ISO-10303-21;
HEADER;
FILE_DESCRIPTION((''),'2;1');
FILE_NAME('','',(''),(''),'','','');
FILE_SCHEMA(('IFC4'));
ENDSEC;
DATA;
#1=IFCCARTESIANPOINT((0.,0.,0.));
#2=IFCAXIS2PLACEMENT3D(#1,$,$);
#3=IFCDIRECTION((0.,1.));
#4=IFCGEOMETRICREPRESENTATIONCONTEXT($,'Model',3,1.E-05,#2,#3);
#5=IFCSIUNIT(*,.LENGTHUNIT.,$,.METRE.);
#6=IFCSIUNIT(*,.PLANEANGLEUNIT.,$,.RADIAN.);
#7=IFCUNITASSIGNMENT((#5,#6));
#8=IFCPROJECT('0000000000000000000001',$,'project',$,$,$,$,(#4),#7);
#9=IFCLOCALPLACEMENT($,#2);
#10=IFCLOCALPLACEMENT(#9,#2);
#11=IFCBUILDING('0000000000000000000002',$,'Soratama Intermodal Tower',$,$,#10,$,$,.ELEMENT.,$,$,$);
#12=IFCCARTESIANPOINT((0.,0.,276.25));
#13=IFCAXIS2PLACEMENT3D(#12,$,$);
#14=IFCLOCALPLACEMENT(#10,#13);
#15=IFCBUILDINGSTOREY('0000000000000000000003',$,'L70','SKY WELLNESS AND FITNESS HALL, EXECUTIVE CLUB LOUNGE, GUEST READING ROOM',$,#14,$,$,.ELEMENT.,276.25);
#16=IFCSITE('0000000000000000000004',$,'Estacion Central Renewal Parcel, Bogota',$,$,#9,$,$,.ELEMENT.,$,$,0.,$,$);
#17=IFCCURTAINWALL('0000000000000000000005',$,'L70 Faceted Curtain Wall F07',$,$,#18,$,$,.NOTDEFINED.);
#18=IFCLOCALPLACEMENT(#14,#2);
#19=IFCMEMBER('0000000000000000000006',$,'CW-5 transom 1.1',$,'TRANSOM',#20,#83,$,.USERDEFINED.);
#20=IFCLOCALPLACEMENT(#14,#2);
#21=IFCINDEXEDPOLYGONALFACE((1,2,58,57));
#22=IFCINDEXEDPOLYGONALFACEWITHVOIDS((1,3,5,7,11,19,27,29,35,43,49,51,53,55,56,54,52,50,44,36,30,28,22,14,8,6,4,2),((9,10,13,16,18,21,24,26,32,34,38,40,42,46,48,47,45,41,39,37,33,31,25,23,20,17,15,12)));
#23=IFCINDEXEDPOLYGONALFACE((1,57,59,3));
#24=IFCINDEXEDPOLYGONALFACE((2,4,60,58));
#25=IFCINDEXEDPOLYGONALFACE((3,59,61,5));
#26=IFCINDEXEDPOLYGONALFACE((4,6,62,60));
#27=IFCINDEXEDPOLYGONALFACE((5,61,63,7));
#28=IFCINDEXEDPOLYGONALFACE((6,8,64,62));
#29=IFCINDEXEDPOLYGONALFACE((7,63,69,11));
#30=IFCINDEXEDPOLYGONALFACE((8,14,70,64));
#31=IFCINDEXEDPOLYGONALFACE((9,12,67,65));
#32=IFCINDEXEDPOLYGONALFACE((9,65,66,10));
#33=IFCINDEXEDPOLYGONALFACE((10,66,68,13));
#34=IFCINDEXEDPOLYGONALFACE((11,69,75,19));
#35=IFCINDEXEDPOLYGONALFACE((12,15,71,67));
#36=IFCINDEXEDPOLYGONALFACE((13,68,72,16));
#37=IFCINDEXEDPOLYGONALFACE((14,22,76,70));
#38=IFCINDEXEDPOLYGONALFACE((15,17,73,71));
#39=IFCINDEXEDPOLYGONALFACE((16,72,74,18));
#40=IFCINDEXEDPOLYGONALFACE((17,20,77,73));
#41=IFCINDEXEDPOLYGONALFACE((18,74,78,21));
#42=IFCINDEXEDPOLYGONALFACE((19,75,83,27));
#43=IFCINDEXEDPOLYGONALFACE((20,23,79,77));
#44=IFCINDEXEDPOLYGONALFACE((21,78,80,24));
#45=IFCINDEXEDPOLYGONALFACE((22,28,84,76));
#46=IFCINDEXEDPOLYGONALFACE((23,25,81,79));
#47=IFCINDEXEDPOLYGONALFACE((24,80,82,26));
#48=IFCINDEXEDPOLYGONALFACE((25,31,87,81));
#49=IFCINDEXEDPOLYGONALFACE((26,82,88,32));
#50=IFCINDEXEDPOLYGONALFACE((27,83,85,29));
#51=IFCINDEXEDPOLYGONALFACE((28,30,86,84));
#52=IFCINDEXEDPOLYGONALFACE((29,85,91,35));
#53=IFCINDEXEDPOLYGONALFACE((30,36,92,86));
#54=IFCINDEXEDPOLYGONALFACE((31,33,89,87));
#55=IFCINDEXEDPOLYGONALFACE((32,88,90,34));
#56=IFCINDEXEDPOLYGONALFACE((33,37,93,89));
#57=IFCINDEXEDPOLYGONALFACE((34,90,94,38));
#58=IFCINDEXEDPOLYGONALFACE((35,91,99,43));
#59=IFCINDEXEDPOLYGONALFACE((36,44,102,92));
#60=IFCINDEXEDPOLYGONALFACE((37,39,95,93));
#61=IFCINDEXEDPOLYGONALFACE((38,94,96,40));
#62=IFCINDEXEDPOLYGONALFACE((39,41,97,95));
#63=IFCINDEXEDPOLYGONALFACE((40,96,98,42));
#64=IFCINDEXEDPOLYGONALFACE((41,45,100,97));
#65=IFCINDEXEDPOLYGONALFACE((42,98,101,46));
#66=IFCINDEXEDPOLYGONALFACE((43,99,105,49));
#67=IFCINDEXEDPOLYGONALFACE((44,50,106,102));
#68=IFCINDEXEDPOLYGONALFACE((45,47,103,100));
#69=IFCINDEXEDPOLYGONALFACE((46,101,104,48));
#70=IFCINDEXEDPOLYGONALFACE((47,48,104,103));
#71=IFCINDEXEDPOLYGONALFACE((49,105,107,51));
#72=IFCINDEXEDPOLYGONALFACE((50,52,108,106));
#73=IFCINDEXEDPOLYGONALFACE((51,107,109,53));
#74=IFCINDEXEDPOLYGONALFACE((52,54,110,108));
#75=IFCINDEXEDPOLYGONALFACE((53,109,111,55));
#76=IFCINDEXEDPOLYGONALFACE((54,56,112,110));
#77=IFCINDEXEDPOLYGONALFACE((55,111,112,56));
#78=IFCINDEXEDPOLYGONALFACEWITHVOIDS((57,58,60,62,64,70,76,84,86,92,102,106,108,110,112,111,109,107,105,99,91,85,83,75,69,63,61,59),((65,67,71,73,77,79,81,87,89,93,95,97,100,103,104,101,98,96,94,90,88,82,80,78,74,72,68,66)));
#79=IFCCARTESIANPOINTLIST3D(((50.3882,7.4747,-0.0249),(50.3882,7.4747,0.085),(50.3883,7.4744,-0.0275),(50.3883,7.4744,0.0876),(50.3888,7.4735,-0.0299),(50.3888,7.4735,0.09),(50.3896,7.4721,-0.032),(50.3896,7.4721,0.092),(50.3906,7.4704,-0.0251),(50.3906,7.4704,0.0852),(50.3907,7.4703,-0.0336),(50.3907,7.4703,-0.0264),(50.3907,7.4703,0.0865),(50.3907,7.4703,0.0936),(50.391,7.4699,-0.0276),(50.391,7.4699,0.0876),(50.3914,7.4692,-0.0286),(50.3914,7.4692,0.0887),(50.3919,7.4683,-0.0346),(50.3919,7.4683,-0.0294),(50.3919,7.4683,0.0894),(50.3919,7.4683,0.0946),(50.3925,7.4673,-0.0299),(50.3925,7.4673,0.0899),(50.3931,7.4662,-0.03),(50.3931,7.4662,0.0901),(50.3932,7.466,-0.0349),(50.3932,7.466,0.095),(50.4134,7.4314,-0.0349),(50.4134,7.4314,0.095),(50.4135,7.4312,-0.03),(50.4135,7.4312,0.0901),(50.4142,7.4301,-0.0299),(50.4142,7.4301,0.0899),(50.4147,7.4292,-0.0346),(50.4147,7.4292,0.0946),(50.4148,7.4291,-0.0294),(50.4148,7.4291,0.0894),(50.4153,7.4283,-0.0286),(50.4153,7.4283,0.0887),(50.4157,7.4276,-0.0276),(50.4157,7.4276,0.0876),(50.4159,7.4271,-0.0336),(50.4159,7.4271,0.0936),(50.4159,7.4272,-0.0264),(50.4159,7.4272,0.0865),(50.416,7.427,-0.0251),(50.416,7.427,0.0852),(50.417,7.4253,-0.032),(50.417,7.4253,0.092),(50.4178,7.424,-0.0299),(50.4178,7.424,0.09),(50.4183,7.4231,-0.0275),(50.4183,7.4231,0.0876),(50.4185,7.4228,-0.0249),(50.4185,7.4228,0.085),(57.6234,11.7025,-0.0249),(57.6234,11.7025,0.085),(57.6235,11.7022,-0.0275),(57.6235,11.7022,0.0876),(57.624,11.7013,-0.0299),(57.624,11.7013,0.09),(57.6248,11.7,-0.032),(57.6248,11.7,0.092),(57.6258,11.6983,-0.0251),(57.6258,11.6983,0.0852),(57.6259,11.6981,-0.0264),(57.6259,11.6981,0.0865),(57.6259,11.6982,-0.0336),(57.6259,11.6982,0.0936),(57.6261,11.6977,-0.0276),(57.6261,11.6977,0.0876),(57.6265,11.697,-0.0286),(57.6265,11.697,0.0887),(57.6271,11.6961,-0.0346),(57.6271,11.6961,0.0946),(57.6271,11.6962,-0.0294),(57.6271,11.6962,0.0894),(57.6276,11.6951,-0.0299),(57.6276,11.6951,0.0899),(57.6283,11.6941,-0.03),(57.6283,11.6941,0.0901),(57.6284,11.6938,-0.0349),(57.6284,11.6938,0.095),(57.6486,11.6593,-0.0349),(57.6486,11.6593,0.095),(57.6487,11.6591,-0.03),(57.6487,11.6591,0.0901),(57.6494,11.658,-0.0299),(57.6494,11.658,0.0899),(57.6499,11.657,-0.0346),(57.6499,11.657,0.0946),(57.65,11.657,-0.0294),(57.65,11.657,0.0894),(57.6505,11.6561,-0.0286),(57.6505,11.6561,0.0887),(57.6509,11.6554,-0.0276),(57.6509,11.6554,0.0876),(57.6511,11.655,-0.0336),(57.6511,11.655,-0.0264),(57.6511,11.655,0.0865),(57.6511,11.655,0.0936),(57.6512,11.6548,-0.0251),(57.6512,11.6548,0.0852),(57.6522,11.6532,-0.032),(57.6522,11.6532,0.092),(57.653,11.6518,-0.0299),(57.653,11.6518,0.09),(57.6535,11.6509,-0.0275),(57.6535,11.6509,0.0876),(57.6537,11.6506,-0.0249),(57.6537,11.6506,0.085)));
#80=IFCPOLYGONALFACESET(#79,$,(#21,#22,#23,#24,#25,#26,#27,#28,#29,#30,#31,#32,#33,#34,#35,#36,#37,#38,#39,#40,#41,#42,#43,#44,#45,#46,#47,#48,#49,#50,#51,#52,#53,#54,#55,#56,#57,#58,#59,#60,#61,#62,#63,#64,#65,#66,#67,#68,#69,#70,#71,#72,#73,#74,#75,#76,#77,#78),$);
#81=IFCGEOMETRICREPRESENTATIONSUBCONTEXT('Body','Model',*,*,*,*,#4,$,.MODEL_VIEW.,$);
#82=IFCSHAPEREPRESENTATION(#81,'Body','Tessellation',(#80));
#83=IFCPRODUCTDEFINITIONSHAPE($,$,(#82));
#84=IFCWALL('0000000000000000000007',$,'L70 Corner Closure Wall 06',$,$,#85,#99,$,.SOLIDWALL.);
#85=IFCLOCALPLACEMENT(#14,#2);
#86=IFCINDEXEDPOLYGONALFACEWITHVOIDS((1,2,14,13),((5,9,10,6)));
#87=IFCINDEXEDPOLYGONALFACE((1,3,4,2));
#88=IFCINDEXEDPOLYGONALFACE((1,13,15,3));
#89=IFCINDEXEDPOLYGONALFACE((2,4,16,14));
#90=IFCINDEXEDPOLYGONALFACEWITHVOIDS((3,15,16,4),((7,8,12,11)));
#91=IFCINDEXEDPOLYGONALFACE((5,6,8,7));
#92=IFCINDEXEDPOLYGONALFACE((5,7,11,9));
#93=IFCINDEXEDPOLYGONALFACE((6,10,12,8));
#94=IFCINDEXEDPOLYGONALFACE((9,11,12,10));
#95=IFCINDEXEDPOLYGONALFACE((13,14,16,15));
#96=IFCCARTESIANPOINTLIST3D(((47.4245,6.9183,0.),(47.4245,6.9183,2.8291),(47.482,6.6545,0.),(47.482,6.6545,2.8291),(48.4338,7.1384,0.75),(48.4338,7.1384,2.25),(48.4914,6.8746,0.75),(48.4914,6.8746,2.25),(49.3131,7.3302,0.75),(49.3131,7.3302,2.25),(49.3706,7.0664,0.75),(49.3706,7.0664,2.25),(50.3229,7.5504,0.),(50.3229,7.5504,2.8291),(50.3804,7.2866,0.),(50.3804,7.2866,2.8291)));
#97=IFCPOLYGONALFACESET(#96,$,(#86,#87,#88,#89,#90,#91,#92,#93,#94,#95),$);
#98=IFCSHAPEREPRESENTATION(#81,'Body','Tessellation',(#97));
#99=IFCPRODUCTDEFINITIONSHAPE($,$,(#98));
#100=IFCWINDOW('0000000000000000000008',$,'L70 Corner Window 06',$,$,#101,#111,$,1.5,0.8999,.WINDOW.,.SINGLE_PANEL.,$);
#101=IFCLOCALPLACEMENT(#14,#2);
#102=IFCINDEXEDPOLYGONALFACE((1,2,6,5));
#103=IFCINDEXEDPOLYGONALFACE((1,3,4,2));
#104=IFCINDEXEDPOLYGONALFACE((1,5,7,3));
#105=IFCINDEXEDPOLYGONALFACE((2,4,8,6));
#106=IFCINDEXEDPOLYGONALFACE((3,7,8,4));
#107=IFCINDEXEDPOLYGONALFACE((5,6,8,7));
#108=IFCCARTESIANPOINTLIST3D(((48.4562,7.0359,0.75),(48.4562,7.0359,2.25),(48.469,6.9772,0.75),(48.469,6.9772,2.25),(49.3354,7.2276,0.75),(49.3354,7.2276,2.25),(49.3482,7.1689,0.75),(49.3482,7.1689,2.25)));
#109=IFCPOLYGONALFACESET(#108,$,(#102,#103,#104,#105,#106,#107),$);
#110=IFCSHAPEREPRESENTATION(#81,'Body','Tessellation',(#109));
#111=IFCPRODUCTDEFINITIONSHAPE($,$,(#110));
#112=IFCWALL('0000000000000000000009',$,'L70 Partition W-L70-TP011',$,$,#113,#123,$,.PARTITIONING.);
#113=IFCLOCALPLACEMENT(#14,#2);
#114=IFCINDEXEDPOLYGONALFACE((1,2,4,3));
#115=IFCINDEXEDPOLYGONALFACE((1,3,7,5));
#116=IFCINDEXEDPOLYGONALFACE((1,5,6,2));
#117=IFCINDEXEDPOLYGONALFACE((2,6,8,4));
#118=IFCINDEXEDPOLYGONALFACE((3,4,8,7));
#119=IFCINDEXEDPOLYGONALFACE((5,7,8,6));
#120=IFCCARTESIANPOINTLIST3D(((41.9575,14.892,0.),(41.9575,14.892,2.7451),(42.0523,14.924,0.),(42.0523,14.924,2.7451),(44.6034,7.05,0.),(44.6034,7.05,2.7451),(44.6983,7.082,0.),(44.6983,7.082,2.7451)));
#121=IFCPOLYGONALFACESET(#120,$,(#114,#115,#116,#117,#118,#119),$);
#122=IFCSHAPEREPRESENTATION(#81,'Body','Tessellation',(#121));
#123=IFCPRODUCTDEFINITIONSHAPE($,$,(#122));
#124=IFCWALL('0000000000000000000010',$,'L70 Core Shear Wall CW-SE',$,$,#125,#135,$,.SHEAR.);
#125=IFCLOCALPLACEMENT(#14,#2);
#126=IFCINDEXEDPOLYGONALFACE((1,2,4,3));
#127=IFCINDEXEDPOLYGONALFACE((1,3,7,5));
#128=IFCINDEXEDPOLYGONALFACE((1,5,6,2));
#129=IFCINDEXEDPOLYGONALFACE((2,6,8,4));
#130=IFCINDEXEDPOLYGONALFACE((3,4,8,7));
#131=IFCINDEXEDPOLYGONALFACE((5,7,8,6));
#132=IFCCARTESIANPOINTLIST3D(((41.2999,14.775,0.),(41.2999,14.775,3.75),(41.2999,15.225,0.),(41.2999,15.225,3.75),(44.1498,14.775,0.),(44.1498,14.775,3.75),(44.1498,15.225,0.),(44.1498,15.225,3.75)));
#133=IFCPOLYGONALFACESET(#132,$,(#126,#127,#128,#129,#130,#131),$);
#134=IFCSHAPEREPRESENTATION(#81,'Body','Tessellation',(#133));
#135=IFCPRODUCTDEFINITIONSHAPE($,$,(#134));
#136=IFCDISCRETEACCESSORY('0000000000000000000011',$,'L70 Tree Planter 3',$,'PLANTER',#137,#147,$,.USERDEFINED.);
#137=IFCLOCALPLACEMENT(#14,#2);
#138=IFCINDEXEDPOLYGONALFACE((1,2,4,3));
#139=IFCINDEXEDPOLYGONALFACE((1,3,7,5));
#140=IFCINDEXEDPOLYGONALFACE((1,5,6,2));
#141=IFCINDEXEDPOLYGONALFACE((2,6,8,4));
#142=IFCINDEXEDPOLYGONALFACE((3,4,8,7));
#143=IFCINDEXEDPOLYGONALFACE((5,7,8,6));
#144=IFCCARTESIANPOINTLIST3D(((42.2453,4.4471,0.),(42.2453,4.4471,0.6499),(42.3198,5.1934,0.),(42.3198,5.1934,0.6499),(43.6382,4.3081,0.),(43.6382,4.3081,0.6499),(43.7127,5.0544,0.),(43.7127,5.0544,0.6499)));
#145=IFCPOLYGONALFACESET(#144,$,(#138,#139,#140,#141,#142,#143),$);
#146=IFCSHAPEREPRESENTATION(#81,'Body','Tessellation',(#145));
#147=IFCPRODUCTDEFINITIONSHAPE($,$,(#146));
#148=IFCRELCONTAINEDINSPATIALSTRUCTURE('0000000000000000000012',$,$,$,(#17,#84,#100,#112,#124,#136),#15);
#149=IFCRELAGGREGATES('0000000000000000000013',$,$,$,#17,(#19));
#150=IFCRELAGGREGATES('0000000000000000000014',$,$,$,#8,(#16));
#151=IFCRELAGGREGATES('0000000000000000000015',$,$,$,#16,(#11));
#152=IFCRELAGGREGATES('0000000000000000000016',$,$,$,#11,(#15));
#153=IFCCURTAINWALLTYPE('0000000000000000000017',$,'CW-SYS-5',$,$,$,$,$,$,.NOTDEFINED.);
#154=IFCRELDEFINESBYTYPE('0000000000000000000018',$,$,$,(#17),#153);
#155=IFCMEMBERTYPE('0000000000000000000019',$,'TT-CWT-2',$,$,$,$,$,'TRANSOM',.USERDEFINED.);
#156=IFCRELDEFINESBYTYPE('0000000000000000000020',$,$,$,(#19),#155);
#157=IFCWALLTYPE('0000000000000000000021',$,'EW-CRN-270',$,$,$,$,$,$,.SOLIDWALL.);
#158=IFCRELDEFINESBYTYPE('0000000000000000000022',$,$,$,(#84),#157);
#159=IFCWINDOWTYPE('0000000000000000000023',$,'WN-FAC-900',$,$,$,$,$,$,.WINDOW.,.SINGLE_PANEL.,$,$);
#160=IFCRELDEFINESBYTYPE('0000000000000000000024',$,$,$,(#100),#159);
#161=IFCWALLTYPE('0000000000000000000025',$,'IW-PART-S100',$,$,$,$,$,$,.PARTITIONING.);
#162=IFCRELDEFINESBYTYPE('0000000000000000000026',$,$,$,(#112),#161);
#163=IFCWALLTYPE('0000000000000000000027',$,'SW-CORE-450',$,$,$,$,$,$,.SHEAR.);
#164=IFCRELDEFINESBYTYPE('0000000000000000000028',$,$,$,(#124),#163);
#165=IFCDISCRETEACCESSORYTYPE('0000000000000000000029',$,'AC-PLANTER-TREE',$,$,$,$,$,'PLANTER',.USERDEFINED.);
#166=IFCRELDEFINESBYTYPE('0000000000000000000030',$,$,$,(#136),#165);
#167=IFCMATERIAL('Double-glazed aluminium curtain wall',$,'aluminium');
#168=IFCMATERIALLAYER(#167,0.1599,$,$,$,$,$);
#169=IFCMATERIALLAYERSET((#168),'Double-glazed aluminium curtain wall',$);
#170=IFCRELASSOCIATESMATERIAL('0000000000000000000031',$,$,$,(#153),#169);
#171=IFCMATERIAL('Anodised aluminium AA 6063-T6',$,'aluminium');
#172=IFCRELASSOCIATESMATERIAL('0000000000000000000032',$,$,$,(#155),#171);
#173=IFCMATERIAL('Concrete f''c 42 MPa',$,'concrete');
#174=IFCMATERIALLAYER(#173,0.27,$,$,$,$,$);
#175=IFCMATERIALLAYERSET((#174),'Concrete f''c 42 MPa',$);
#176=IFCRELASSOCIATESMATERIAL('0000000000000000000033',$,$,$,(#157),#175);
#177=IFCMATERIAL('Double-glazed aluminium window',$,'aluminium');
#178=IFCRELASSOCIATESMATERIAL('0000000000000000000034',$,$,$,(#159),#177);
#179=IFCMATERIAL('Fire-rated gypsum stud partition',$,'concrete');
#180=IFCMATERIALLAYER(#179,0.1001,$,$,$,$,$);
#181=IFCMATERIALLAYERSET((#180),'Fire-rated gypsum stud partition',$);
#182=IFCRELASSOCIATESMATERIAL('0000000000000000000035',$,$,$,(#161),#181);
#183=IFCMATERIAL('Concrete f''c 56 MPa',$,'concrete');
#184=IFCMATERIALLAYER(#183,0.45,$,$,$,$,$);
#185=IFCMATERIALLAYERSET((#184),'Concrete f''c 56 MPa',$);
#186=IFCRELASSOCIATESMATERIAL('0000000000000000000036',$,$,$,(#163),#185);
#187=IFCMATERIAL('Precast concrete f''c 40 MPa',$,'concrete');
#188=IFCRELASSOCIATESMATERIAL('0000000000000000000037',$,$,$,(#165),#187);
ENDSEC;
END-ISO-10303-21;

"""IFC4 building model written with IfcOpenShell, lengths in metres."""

from ifc_helpers import new_model, si_unit, direction, frame, frame_2d, origin, origin_2d, place, context, subcontext, project, spatial, rectangle, hollow_rectangle, extrude, material, layer, layer_set, material_profile, profile_set, type_object, element, fill, aggregate, save


model = new_model("IFC4")

# Units and contexts
model_context = context("Model", 3, precision=1e-05, world=origin(), true_north=direction((0.0, 1.0)))
body_context = subcontext(model_context, "Body", "Model", "MODEL_VIEW")
ifc_project = project(units=[si_unit("LENGTHUNIT", "METRE"), si_unit("PLANEANGLEUNIT", "RADIAN")], contexts=[model_context])

# Site, building, storey
site_placement = place(None, origin())
site = spatial("IfcSite", under=ifc_project, at=site_placement, Name="Estacion Central Renewal Parcel, Bogota", CompositionType="ELEMENT", RefElevation=0.0)
building_placement = place(site_placement, origin())
building = spatial("IfcBuilding", under=site, at=building_placement, Name="Soratama Intermodal Tower", CompositionType="ELEMENT")
storey_placement = place(building_placement, frame((0.0, 0.0, 276.25)))
storey = spatial("IfcBuildingStorey", under=building, at=storey_placement, Name="L70", Description="SKY WELLNESS AND FITNESS HALL, EXECUTIVE CLUB LOUNGE, GUEST READING ROOM", CompositionType="ELEMENT", Elevation=276.25)

# Curtain wall, member
ifc_material_1 = material(Name="Double-glazed aluminium curtain wall", Category="aluminium")
ifc_layer_1 = layer(ifc_material_1, 0.1599)
ifc_layer_set_1 = layer_set([ifc_layer_1], Name="Double-glazed aluminium curtain wall")
curtain_wall_type = type_object("IfcCurtainWallType", Name="CW-SYS-5", PredefinedType="NOTDEFINED", material=ifc_layer_set_1)
curtain_wall_placement = place(storey_placement, origin())
curtain_wall = element("IfcCurtainWall", 1, at=curtain_wall_placement, inside=storey, type_object=curtain_wall_type, Name="L70 Faceted Curtain Wall F07", PredefinedType="NOTDEFINED")
ifc_material_2 = material(Name="Anodised aluminium AA 6063-T6", Category="aluminium")
ifc_material_profile_1 = material_profile(ifc_material_2, hollow_rectangle(XDim=0.0601, YDim=0.1299, WallThickness=0.0049, InnerFilletRadius=0.0049, OuterFilletRadius=0.01, at=origin_2d()), Name="CWT130X60X5")
ifc_profile_set_1 = profile_set([ifc_material_profile_1], Name="Anodised aluminium AA 6063-T6")
member_type_1 = type_object("IfcMemberType", Name="TT-CWT-2", ElementType="TRANSOM", PredefinedType="USERDEFINED", material=ifc_profile_set_1)
member_1_placement = place(storey_placement, frame((50.4033, 7.4487, 0.03), z_axis=(0.863399, 0.504521, 0.0), x_axis=(-0.504521, 0.863399, 0.0)))
member_1 = element("IfcMember", 2, at=member_1_placement, type_object=member_type_1, Name="CW-5 transom 1.1", ObjectType="TRANSOM", PredefinedType="USERDEFINED", context=body_context, shape_type="SweptSolid", body=[
    extrude(hollow_rectangle(XDim=0.0601, YDim=0.1299, WallThickness=0.0049, InnerFilletRadius=0.0049, OuterFilletRadius=0.01, at=origin_2d()), origin(), (0.0, 0.0, 1.0), 8.3799),
])
aggregate(curtain_wall, [member_1])

# Wall, opening, window
ifc_material_3 = material(Name="Concrete f'c 42 MPa", Category="concrete")
ifc_layer_2 = layer(ifc_material_3, 0.27)
ifc_layer_set_2 = layer_set([ifc_layer_2], Name="Concrete f'c 42 MPa")
wall_type_1 = type_object("IfcWallType", Name="EW-CRN-270", PredefinedType="SOLIDWALL", material=ifc_layer_set_2)
wall_1_placement = place(storey_placement, frame((47.4531, 6.7864, 0.0), z_axis=(0.0, 0.0, 1.0), x_axis=(0.977037, 0.213069, 0.0)))
wall_1 = element("IfcWall", 3, at=wall_1_placement, inside=storey, type_object=wall_type_1, Name="L70 Corner Closure Wall 06", PredefinedType="SOLIDWALL", context=body_context, shape_type="SweptSolid", body=[
    extrude(rectangle(XDim=2.9666, YDim=0.27, at=frame_2d((1.4834, 0.0))), origin(), (0.0, 0.0, 1.0), 2.8291),
])
opening_placement = place(wall_1_placement, frame((1.0332, 0.0, 0.75)))
opening = element("IfcOpeningElement", 4, at=opening_placement, cuts=wall_1, PredefinedType="OPENING", context=body_context, shape_type="SweptSolid", body=[
    extrude(rectangle(XDim=0.8999, YDim=1.5, at=frame_2d((0.45, 0.75))), frame((0.0, 0.145, 0.0), z_axis=(0.0, -1.0, 0.0), x_axis=(1.0, 0.0, 0.0)), (0.0, 0.0, 1.0), 0.29),
])
ifc_material_4 = material(Name="Double-glazed aluminium window", Category="aluminium")
window_type = type_object("IfcWindowType", Name="WN-FAC-900", PartitioningType="SINGLE_PANEL", PredefinedType="WINDOW", material=ifc_material_4)
window_placement = place(opening_placement, origin())
window = element("IfcWindow", 5, at=window_placement, inside=storey, type_object=window_type, Name="L70 Corner Window 06", OverallHeight=1.5, OverallWidth=0.8999, PartitioningType="SINGLE_PANEL", PredefinedType="WINDOW", context=body_context, shape_type="SweptSolid", body=[
    extrude(rectangle(XDim=0.8999, YDim=1.5, at=frame_2d((0.45, 0.75))), frame((0.0, 0.03, 0.0), z_axis=(0.0, -1.0, 0.0), x_axis=(1.0, 0.0, 0.0)), (0.0, 0.0, 1.0), 0.0601),
])
fill(opening, window)

# Walls
ifc_material_5 = material(Name="Fire-rated gypsum stud partition", Category="concrete")
ifc_layer_3 = layer(ifc_material_5, 0.1001)
ifc_layer_set_3 = layer_set([ifc_layer_3], Name="Fire-rated gypsum stud partition")
wall_type_2 = type_object("IfcWallType", Name="IW-PART-S100", PredefinedType="PARTITIONING", material=ifc_layer_set_3)
wall_2_placement = place(storey_placement, frame((42.0049, 14.908, 0.0), z_axis=(0.0, 0.0, 1.0), x_axis=(0.319704, -0.947518, 0.0)))
element("IfcWall", 6, at=wall_2_placement, inside=storey, type_object=wall_type_2, Name="L70 Partition W-L70-TP011", PredefinedType="PARTITIONING", context=body_context, shape_type="SweptSolid", body=[
    extrude(rectangle(XDim=8.2764, YDim=0.1001, at=frame_2d((4.1382, 0.0))), origin(), (0.0, 0.0, 1.0), 2.7451),
])
ifc_material_6 = material(Name="Concrete f'c 56 MPa", Category="concrete")
ifc_layer_4 = layer(ifc_material_6, 0.45)
ifc_layer_set_4 = layer_set([ifc_layer_4], Name="Concrete f'c 56 MPa")
wall_type_3 = type_object("IfcWallType", Name="SW-CORE-450", PredefinedType="SHEAR", material=ifc_layer_set_4)
wall_3_placement = place(storey_placement, frame((41.3, 15.0, 0.0), z_axis=(0.0, 0.0, 1.0), x_axis=(1.0, 0.0, 0.0)))
element("IfcWall", 7, at=wall_3_placement, inside=storey, type_object=wall_type_3, Name="L70 Core Shear Wall CW-SE", PredefinedType="SHEAR", context=body_context, shape_type="SweptSolid", body=[
    extrude(rectangle(XDim=2.8499, YDim=0.45, at=frame_2d((1.4248, 0.0))), origin(), (0.0, 0.0, 1.0), 3.75),
])

# Discrete accessory
ifc_material_7 = material(Name="Precast concrete f'c 40 MPa", Category="concrete")
discrete_accessory_type = type_object("IfcDiscreteAccessoryType", Name="AC-PLANTER-TREE", ElementType="PLANTER", PredefinedType="USERDEFINED", material=ifc_material_7)
discrete_accessory_placement = place(storey_placement, frame((42.979, 4.7507, 0.0), z_axis=(0.0, 0.0, 1.0), x_axis=(-0.09932, -0.995056, 0.0)))
element("IfcDiscreteAccessory", 8, at=discrete_accessory_placement, inside=storey, type_object=discrete_accessory_type, Name="L70 Tree Planter 3", ObjectType="PLANTER", PredefinedType="USERDEFINED", context=body_context, shape_type="SweptSolid", body=[
    extrude(rectangle(XDim=0.75, YDim=1.3999, at=origin_2d()), origin(), (0.0, 0.0, 1.0), 0.6499),
])

save(model, "model.ifc")
